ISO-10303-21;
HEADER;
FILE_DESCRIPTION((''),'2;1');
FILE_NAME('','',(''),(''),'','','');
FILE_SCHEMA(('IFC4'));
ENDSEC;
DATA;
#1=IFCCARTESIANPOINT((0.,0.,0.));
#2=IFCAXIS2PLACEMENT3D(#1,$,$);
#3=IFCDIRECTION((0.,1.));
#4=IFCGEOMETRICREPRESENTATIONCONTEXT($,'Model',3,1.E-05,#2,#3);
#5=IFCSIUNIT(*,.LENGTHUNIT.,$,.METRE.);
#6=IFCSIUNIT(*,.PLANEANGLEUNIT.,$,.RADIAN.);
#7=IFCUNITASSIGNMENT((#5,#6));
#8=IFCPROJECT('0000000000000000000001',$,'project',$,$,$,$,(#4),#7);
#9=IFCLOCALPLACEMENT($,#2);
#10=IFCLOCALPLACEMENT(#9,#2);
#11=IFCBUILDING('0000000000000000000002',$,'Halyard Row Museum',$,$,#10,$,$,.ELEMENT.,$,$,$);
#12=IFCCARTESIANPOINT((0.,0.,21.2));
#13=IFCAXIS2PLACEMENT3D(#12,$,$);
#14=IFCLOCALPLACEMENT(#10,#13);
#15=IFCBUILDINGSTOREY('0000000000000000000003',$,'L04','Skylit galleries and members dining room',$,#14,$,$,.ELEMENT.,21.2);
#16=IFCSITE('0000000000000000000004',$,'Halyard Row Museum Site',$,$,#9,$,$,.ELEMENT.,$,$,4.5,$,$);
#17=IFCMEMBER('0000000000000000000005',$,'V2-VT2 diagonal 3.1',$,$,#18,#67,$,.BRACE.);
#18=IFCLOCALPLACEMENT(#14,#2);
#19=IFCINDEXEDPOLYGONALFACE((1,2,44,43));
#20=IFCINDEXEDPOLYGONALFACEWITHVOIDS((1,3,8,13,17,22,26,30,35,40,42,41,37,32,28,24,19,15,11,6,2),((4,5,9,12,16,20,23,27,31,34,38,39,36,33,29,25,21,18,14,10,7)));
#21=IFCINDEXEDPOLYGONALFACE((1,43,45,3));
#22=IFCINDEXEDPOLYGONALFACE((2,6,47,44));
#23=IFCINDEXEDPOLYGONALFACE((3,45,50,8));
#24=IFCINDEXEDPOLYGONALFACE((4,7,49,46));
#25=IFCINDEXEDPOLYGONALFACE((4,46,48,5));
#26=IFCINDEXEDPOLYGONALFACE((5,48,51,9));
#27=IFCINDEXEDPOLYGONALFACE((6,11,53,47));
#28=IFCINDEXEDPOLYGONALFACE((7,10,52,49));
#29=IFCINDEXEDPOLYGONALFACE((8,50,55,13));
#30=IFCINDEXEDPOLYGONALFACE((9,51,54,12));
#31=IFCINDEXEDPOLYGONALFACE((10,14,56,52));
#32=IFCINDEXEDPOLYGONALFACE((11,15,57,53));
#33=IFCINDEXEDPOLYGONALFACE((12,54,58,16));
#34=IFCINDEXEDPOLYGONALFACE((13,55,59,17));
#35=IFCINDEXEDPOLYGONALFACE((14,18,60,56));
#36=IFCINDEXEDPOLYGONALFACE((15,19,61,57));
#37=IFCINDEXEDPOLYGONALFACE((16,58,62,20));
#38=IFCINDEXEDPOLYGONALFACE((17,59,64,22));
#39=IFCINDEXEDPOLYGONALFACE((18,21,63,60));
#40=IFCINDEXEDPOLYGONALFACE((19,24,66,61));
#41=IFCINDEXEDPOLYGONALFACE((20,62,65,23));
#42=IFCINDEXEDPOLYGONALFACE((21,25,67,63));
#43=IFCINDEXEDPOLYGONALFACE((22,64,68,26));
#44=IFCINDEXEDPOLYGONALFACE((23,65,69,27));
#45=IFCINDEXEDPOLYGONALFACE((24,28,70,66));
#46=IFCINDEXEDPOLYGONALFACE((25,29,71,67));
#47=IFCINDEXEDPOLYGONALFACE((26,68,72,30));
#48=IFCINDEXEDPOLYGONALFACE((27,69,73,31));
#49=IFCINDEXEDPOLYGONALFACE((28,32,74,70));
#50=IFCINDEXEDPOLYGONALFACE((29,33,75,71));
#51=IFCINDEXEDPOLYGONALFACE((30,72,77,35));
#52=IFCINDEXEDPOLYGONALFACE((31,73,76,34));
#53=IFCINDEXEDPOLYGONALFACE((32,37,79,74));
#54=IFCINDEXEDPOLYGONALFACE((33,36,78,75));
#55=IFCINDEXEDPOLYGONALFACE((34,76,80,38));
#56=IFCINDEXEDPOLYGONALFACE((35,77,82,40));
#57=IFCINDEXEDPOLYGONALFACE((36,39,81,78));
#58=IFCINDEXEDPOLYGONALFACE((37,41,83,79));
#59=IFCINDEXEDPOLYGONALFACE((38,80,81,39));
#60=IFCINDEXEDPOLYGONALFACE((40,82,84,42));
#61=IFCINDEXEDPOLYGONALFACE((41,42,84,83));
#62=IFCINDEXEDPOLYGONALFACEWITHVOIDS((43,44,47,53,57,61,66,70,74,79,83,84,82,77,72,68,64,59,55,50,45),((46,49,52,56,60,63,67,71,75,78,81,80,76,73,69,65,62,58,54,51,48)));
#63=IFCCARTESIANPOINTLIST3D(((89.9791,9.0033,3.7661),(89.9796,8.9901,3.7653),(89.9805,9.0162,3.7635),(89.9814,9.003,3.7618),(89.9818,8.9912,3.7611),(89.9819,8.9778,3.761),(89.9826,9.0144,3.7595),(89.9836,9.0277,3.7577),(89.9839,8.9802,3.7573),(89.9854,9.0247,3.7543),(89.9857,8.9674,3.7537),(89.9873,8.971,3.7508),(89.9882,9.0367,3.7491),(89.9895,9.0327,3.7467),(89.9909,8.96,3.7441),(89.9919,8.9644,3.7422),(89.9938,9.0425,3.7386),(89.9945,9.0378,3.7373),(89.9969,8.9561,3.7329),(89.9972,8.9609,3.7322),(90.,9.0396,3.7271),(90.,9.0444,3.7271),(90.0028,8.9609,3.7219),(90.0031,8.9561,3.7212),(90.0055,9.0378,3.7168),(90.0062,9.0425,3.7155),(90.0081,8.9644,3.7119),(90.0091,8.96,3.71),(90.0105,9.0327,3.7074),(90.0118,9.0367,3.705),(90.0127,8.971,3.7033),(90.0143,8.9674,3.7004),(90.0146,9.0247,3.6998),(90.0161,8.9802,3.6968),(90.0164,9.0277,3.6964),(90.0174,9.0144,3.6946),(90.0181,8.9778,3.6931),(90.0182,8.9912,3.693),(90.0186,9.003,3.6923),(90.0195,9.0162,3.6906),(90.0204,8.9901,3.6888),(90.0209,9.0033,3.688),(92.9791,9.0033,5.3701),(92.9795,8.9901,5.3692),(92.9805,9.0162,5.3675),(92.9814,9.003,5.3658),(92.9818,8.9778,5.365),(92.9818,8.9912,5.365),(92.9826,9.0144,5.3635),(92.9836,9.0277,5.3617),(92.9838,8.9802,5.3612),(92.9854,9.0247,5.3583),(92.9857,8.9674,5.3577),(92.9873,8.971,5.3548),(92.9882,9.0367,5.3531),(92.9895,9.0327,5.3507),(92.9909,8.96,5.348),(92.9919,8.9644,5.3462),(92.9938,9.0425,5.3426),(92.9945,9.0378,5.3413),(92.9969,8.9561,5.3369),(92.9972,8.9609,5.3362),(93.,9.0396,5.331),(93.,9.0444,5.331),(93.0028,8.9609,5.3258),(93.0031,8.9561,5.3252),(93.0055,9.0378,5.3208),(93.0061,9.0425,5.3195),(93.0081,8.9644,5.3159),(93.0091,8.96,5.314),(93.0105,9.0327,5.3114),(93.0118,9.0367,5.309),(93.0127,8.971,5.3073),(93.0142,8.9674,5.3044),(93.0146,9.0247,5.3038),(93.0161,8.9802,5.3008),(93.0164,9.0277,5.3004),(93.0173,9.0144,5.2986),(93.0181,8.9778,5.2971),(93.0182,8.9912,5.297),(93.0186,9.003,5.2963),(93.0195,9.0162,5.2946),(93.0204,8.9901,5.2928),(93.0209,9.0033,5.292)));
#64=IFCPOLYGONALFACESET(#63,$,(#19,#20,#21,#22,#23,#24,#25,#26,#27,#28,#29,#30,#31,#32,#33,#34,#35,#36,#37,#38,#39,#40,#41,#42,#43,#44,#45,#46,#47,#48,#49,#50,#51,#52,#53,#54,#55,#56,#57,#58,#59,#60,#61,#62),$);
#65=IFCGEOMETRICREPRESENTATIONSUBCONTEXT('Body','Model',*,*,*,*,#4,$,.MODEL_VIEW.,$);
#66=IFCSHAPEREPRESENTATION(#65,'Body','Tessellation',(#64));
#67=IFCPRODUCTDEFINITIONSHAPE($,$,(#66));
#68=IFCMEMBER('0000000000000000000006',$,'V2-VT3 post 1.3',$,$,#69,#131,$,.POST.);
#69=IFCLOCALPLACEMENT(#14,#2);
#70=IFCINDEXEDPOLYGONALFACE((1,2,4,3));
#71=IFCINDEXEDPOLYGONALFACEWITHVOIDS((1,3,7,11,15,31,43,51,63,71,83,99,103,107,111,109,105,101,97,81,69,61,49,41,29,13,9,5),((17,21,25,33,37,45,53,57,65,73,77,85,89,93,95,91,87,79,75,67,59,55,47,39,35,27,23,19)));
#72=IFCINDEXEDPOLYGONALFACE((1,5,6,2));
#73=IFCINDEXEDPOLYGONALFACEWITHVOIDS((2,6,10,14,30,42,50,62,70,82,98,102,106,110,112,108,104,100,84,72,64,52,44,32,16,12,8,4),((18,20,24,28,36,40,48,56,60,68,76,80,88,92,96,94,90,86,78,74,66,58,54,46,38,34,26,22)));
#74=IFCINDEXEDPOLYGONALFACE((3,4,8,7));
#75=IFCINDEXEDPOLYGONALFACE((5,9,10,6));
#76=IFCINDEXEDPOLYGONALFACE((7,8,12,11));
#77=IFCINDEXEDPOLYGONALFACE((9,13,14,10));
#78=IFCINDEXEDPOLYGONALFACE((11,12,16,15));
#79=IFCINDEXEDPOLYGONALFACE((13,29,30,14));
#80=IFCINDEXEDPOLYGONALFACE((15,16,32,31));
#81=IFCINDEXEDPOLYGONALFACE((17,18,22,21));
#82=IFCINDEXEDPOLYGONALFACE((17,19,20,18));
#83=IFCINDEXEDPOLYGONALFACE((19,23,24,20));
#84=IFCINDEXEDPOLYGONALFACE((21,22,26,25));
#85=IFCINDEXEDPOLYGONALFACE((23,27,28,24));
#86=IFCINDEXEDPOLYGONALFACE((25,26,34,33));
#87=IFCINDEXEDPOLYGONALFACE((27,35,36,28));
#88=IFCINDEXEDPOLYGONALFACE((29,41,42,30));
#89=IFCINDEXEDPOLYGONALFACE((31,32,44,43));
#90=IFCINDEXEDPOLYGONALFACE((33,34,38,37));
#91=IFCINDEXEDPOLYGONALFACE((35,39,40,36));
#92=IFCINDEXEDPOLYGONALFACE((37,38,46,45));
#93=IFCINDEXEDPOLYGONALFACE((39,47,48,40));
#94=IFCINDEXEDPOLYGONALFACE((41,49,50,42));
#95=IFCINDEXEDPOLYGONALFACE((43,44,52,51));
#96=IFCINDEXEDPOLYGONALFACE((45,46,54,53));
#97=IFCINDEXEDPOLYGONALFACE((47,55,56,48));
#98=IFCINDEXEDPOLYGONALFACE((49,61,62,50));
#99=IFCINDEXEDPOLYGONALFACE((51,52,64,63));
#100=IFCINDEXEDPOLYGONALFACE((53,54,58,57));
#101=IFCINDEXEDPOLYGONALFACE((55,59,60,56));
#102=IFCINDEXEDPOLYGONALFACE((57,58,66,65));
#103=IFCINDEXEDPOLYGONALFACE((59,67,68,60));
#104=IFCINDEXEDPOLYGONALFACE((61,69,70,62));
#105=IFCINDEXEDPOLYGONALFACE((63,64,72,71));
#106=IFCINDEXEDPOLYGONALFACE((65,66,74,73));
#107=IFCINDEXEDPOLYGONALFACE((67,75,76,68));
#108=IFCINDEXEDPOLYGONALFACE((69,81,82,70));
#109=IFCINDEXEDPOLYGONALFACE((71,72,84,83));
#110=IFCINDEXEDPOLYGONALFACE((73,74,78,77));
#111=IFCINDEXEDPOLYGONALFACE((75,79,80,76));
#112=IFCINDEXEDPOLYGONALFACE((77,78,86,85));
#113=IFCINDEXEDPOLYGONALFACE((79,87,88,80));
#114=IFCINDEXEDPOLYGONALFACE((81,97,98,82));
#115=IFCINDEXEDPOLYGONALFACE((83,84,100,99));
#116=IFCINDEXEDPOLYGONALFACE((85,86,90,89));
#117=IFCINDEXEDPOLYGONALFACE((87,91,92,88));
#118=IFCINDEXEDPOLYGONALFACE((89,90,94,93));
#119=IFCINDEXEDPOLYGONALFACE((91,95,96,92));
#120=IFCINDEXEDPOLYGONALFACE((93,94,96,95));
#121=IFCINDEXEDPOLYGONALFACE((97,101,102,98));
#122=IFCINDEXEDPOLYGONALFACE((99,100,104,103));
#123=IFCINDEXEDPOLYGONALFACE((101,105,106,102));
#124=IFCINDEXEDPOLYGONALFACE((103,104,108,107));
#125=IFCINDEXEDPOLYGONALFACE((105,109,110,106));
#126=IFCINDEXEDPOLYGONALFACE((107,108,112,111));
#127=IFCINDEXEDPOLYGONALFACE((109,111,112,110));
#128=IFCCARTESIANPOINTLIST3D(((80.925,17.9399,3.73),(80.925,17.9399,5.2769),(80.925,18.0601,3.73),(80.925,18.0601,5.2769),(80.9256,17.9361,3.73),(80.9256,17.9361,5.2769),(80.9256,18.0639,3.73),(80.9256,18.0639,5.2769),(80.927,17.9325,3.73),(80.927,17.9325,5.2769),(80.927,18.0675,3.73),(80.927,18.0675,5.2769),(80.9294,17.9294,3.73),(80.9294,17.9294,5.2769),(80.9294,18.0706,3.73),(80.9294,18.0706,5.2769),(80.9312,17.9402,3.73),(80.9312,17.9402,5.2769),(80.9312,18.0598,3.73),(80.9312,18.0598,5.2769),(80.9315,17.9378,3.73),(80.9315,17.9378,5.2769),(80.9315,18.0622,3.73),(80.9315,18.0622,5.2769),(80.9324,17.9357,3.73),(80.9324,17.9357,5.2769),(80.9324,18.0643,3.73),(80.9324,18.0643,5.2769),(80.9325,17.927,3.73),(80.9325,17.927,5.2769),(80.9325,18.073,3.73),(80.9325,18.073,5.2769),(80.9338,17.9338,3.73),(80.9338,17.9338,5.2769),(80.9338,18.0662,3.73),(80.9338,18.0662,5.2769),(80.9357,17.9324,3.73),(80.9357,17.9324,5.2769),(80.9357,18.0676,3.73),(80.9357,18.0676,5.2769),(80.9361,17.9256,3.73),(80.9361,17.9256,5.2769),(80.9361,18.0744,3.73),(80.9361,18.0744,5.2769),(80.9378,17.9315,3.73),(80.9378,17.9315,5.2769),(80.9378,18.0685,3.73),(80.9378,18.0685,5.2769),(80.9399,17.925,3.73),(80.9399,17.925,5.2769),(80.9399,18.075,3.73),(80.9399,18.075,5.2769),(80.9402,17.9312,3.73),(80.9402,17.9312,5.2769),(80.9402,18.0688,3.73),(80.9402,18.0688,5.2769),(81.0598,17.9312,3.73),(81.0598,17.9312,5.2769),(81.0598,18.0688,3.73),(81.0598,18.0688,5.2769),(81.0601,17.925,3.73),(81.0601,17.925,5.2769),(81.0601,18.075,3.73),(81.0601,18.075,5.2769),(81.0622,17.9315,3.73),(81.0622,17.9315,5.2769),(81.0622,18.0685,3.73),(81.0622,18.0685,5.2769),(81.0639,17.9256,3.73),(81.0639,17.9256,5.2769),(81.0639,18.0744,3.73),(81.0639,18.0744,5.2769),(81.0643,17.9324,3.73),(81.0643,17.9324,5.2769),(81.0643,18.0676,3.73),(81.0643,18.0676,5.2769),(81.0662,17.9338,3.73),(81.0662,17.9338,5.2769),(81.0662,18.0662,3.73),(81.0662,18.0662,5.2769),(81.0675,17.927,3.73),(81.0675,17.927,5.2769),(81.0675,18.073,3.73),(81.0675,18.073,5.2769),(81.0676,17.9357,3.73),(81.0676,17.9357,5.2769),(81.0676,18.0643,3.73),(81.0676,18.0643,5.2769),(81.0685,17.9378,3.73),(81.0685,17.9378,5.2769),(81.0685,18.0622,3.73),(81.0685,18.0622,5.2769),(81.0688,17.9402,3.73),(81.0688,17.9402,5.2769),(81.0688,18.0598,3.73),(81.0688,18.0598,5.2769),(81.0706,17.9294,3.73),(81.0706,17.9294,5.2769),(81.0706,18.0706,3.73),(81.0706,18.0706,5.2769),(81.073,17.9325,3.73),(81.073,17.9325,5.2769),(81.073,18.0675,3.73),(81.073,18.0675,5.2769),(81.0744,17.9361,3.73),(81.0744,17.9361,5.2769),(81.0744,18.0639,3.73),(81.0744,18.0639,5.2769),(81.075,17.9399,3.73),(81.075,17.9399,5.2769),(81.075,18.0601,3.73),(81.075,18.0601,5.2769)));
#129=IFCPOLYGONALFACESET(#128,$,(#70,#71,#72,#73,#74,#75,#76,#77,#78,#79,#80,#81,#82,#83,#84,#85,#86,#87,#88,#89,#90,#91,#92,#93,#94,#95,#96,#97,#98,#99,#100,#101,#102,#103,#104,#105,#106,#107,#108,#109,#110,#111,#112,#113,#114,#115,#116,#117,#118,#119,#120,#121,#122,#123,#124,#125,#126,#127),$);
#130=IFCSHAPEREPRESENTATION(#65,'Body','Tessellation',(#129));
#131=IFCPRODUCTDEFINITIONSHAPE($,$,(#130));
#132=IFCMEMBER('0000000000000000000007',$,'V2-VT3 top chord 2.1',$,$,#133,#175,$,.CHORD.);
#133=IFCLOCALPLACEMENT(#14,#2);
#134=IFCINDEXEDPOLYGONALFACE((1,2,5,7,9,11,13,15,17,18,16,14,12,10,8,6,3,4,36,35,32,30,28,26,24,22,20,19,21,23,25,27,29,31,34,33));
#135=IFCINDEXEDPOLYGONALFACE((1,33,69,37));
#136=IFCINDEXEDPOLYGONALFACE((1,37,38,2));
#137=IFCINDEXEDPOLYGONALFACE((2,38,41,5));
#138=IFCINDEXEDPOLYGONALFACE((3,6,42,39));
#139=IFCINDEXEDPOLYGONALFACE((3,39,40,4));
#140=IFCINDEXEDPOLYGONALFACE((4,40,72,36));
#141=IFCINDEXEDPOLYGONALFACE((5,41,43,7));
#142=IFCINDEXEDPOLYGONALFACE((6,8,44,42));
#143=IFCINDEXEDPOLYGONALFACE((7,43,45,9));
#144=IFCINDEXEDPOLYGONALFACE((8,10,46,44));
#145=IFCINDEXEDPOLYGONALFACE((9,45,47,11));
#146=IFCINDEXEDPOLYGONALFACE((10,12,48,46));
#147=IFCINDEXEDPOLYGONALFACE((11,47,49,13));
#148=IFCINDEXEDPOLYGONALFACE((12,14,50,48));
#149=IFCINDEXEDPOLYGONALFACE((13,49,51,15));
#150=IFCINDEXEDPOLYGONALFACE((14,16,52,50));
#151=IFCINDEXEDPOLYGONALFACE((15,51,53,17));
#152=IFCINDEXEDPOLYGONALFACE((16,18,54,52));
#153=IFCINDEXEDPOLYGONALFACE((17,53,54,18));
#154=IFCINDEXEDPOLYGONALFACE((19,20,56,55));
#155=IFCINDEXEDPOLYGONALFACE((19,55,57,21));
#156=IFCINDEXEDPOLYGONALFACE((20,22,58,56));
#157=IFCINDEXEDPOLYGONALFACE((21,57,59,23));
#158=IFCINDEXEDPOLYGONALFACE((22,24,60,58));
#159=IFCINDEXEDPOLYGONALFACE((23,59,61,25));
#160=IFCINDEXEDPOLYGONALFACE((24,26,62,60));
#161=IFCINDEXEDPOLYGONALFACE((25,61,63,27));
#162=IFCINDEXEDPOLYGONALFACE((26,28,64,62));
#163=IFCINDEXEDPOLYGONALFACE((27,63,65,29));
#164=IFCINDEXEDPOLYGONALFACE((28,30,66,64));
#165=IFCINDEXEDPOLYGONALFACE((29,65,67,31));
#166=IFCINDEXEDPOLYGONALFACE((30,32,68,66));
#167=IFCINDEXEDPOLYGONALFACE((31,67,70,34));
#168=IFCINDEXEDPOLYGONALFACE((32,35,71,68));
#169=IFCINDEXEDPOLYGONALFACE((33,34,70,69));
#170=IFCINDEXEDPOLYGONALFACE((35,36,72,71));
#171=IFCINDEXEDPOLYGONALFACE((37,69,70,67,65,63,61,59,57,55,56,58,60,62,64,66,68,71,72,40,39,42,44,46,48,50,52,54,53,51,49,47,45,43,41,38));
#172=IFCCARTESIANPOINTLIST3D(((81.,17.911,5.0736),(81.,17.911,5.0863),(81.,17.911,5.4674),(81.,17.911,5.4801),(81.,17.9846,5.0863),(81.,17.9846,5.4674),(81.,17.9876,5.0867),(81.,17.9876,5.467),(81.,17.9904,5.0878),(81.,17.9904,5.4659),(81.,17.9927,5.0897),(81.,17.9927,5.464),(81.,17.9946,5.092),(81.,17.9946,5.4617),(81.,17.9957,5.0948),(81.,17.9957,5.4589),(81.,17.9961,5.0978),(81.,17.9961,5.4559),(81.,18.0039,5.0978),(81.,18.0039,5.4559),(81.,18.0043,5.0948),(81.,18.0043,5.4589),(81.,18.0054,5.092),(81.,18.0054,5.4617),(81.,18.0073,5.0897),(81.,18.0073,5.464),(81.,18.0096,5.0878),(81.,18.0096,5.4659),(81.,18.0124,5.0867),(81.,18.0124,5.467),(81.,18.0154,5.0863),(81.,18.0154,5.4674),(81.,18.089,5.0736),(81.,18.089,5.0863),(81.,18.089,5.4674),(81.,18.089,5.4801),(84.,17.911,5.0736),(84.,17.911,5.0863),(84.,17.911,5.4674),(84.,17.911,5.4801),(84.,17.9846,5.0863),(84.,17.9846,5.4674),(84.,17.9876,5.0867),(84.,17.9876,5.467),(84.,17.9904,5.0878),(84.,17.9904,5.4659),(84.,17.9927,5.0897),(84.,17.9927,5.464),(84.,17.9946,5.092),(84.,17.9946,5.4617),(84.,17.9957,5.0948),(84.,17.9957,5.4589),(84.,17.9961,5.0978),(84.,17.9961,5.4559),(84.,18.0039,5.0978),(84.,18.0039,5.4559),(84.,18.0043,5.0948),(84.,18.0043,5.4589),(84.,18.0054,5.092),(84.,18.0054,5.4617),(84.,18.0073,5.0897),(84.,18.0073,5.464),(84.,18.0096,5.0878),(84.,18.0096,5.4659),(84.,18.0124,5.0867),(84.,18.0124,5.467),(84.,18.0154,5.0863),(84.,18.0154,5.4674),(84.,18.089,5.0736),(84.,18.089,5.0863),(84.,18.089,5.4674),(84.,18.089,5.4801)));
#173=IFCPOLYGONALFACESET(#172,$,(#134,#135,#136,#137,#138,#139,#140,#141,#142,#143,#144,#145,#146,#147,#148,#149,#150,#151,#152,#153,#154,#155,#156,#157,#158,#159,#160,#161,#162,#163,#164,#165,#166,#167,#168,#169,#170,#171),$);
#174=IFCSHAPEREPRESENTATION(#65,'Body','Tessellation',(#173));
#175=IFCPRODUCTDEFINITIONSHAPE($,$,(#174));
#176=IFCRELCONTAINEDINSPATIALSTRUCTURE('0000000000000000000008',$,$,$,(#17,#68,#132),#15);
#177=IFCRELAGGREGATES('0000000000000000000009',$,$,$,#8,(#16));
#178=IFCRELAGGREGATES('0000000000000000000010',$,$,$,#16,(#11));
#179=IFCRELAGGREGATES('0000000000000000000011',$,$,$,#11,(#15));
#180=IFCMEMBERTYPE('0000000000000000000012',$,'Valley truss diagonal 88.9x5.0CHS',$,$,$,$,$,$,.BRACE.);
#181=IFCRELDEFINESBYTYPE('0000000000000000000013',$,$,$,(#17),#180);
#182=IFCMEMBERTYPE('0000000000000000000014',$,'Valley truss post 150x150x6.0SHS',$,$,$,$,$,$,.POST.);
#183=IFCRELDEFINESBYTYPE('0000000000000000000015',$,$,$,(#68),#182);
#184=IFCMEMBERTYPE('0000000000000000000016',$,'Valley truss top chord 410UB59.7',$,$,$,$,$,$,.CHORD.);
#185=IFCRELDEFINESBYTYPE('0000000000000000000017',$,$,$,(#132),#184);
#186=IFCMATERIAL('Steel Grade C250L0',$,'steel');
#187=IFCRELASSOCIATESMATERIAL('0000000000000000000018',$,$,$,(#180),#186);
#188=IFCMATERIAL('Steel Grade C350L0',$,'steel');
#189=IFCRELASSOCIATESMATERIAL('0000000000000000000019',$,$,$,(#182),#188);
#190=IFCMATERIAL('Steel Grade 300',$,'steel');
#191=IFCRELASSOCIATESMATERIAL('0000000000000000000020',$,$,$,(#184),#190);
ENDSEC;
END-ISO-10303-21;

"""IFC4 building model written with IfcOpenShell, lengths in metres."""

from ifc_helpers import new_model, si_unit, direction, frame, origin, origin_2d, place, context, subcontext, project, spatial, hollow_rectangle, hollow_circle, i_section, extrude, material, material_profile, profile_set, type_object, element, save


model = new_model("IFC4")

# Units and contexts
model_context = context("Model", 3, precision=1e-05, world=origin(), true_north=direction((0.0, 1.0)))
body_context = subcontext(model_context, "Body", "Model", "MODEL_VIEW")
ifc_project = project(units=[si_unit("LENGTHUNIT", "METRE"), si_unit("PLANEANGLEUNIT", "RADIAN")], contexts=[model_context])

# Site, building, storey
site_placement = place(None, origin())
site = spatial("IfcSite", under=ifc_project, at=site_placement, Name="Halyard Row Museum Site", CompositionType="ELEMENT", RefElevation=4.5)
building_placement = place(site_placement, origin())
building = spatial("IfcBuilding", under=site, at=building_placement, Name="Halyard Row Museum", CompositionType="ELEMENT")
storey_placement = place(building_placement, frame((0.0, 0.0, 21.2)))
storey = spatial("IfcBuildingStorey", under=building, at=storey_placement, Name="L04", Description="Skylit galleries and members dining room", CompositionType="ELEMENT", Elevation=21.2)

# Members
ifc_material_1 = material(Name="Steel Grade C250L0", Category="steel")
ifc_material_profile_1 = material_profile(ifc_material_1, hollow_circle(Radius=0.0444, WallThickness=0.0049, at=origin_2d()), Name="88.9x5.0CHS")
ifc_profile_set_1 = profile_set([ifc_material_profile_1], Name="Steel Grade C250L0")
member_type_1 = type_object("IfcMemberType", Name="Valley truss diagonal 88.9x5.0CHS", PredefinedType="BRACE", material=ifc_profile_set_1)
member_1_placement = place(storey_placement, frame((90.0, 9.0, 3.7271), z_axis=(0.881864, 0.0, 0.471504), x_axis=(0.0, 1.0, 0.0)))
element("IfcMember", 1, at=member_1_placement, inside=storey, type_object=member_type_1, Name="V2-VT2 diagonal 3.1", PredefinedType="BRACE", context=body_context, shape_type="SweptSolid", body=[
    extrude(hollow_circle(Radius=0.0444, WallThickness=0.0049, at=origin_2d()), origin(), (0.0, 0.0, 1.0), 3.4019),
])
ifc_material_2 = material(Name="Steel Grade C350L0", Category="steel")
ifc_material_profile_2 = material_profile(ifc_material_2, hollow_rectangle(XDim=0.1499, YDim=0.1499, WallThickness=0.0061, InnerFilletRadius=0.009, OuterFilletRadius=0.0149, at=origin_2d()), Name="150x150x6.0SHS")
ifc_profile_set_2 = profile_set([ifc_material_profile_2], Name="Steel Grade C350L0")
member_type_2 = type_object("IfcMemberType", Name="Valley truss post 150x150x6.0SHS", PredefinedType="POST", material=ifc_profile_set_2)
member_2_placement = place(storey_placement, frame((81.0, 18.0, 3.73), z_axis=(0.0, 0.0, 1.0), x_axis=(1.0, 0.0, 0.0)))
element("IfcMember", 2, at=member_2_placement, inside=storey, type_object=member_type_2, Name="V2-VT3 post 1.3", PredefinedType="POST", context=body_context, shape_type="SweptSolid", body=[
    extrude(hollow_rectangle(XDim=0.1499, YDim=0.1499, WallThickness=0.0061, InnerFilletRadius=0.009, OuterFilletRadius=0.0149, at=origin_2d()), origin(), (0.0, 0.0, 1.0), 1.5469),
])
ifc_material_3 = material(Name="Steel Grade 300", Category="steel")
ifc_material_profile_3 = material_profile(ifc_material_3, i_section(OverallWidth=0.178, OverallDepth=0.4065, WebThickness=0.0078, FlangeThickness=0.0127, FilletRadius=0.0115, at=origin_2d()), Name="410UB59.7")
ifc_profile_set_3 = profile_set([ifc_material_profile_3], Name="Steel Grade 300")
member_type_3 = type_object("IfcMemberType", Name="Valley truss top chord 410UB59.7", PredefinedType="CHORD", material=ifc_profile_set_3)
for number, where, z_axis, x_axis, name in (
    (3, (81.0, 18.0, 5.2769), (1.0, 0.0, 0.0), (0.0, 1.0, 0.0), "V2-VT3 top chord 2.1"),
):
    element("IfcMember", number, at=place(storey_placement, frame(where, z_axis=z_axis, x_axis=x_axis)), inside=storey, type_object=member_type_3, Name=name, PredefinedType="CHORD", context=body_context, shape_type="SweptSolid", body=[
        extrude(i_section(OverallWidth=0.178, OverallDepth=0.4065, WebThickness=0.0078, FlangeThickness=0.0127, FilletRadius=0.0115, at=origin_2d()), origin(), (0.0, 0.0, 1.0), 3.0),
    ])

save(model, "model.ifc")
